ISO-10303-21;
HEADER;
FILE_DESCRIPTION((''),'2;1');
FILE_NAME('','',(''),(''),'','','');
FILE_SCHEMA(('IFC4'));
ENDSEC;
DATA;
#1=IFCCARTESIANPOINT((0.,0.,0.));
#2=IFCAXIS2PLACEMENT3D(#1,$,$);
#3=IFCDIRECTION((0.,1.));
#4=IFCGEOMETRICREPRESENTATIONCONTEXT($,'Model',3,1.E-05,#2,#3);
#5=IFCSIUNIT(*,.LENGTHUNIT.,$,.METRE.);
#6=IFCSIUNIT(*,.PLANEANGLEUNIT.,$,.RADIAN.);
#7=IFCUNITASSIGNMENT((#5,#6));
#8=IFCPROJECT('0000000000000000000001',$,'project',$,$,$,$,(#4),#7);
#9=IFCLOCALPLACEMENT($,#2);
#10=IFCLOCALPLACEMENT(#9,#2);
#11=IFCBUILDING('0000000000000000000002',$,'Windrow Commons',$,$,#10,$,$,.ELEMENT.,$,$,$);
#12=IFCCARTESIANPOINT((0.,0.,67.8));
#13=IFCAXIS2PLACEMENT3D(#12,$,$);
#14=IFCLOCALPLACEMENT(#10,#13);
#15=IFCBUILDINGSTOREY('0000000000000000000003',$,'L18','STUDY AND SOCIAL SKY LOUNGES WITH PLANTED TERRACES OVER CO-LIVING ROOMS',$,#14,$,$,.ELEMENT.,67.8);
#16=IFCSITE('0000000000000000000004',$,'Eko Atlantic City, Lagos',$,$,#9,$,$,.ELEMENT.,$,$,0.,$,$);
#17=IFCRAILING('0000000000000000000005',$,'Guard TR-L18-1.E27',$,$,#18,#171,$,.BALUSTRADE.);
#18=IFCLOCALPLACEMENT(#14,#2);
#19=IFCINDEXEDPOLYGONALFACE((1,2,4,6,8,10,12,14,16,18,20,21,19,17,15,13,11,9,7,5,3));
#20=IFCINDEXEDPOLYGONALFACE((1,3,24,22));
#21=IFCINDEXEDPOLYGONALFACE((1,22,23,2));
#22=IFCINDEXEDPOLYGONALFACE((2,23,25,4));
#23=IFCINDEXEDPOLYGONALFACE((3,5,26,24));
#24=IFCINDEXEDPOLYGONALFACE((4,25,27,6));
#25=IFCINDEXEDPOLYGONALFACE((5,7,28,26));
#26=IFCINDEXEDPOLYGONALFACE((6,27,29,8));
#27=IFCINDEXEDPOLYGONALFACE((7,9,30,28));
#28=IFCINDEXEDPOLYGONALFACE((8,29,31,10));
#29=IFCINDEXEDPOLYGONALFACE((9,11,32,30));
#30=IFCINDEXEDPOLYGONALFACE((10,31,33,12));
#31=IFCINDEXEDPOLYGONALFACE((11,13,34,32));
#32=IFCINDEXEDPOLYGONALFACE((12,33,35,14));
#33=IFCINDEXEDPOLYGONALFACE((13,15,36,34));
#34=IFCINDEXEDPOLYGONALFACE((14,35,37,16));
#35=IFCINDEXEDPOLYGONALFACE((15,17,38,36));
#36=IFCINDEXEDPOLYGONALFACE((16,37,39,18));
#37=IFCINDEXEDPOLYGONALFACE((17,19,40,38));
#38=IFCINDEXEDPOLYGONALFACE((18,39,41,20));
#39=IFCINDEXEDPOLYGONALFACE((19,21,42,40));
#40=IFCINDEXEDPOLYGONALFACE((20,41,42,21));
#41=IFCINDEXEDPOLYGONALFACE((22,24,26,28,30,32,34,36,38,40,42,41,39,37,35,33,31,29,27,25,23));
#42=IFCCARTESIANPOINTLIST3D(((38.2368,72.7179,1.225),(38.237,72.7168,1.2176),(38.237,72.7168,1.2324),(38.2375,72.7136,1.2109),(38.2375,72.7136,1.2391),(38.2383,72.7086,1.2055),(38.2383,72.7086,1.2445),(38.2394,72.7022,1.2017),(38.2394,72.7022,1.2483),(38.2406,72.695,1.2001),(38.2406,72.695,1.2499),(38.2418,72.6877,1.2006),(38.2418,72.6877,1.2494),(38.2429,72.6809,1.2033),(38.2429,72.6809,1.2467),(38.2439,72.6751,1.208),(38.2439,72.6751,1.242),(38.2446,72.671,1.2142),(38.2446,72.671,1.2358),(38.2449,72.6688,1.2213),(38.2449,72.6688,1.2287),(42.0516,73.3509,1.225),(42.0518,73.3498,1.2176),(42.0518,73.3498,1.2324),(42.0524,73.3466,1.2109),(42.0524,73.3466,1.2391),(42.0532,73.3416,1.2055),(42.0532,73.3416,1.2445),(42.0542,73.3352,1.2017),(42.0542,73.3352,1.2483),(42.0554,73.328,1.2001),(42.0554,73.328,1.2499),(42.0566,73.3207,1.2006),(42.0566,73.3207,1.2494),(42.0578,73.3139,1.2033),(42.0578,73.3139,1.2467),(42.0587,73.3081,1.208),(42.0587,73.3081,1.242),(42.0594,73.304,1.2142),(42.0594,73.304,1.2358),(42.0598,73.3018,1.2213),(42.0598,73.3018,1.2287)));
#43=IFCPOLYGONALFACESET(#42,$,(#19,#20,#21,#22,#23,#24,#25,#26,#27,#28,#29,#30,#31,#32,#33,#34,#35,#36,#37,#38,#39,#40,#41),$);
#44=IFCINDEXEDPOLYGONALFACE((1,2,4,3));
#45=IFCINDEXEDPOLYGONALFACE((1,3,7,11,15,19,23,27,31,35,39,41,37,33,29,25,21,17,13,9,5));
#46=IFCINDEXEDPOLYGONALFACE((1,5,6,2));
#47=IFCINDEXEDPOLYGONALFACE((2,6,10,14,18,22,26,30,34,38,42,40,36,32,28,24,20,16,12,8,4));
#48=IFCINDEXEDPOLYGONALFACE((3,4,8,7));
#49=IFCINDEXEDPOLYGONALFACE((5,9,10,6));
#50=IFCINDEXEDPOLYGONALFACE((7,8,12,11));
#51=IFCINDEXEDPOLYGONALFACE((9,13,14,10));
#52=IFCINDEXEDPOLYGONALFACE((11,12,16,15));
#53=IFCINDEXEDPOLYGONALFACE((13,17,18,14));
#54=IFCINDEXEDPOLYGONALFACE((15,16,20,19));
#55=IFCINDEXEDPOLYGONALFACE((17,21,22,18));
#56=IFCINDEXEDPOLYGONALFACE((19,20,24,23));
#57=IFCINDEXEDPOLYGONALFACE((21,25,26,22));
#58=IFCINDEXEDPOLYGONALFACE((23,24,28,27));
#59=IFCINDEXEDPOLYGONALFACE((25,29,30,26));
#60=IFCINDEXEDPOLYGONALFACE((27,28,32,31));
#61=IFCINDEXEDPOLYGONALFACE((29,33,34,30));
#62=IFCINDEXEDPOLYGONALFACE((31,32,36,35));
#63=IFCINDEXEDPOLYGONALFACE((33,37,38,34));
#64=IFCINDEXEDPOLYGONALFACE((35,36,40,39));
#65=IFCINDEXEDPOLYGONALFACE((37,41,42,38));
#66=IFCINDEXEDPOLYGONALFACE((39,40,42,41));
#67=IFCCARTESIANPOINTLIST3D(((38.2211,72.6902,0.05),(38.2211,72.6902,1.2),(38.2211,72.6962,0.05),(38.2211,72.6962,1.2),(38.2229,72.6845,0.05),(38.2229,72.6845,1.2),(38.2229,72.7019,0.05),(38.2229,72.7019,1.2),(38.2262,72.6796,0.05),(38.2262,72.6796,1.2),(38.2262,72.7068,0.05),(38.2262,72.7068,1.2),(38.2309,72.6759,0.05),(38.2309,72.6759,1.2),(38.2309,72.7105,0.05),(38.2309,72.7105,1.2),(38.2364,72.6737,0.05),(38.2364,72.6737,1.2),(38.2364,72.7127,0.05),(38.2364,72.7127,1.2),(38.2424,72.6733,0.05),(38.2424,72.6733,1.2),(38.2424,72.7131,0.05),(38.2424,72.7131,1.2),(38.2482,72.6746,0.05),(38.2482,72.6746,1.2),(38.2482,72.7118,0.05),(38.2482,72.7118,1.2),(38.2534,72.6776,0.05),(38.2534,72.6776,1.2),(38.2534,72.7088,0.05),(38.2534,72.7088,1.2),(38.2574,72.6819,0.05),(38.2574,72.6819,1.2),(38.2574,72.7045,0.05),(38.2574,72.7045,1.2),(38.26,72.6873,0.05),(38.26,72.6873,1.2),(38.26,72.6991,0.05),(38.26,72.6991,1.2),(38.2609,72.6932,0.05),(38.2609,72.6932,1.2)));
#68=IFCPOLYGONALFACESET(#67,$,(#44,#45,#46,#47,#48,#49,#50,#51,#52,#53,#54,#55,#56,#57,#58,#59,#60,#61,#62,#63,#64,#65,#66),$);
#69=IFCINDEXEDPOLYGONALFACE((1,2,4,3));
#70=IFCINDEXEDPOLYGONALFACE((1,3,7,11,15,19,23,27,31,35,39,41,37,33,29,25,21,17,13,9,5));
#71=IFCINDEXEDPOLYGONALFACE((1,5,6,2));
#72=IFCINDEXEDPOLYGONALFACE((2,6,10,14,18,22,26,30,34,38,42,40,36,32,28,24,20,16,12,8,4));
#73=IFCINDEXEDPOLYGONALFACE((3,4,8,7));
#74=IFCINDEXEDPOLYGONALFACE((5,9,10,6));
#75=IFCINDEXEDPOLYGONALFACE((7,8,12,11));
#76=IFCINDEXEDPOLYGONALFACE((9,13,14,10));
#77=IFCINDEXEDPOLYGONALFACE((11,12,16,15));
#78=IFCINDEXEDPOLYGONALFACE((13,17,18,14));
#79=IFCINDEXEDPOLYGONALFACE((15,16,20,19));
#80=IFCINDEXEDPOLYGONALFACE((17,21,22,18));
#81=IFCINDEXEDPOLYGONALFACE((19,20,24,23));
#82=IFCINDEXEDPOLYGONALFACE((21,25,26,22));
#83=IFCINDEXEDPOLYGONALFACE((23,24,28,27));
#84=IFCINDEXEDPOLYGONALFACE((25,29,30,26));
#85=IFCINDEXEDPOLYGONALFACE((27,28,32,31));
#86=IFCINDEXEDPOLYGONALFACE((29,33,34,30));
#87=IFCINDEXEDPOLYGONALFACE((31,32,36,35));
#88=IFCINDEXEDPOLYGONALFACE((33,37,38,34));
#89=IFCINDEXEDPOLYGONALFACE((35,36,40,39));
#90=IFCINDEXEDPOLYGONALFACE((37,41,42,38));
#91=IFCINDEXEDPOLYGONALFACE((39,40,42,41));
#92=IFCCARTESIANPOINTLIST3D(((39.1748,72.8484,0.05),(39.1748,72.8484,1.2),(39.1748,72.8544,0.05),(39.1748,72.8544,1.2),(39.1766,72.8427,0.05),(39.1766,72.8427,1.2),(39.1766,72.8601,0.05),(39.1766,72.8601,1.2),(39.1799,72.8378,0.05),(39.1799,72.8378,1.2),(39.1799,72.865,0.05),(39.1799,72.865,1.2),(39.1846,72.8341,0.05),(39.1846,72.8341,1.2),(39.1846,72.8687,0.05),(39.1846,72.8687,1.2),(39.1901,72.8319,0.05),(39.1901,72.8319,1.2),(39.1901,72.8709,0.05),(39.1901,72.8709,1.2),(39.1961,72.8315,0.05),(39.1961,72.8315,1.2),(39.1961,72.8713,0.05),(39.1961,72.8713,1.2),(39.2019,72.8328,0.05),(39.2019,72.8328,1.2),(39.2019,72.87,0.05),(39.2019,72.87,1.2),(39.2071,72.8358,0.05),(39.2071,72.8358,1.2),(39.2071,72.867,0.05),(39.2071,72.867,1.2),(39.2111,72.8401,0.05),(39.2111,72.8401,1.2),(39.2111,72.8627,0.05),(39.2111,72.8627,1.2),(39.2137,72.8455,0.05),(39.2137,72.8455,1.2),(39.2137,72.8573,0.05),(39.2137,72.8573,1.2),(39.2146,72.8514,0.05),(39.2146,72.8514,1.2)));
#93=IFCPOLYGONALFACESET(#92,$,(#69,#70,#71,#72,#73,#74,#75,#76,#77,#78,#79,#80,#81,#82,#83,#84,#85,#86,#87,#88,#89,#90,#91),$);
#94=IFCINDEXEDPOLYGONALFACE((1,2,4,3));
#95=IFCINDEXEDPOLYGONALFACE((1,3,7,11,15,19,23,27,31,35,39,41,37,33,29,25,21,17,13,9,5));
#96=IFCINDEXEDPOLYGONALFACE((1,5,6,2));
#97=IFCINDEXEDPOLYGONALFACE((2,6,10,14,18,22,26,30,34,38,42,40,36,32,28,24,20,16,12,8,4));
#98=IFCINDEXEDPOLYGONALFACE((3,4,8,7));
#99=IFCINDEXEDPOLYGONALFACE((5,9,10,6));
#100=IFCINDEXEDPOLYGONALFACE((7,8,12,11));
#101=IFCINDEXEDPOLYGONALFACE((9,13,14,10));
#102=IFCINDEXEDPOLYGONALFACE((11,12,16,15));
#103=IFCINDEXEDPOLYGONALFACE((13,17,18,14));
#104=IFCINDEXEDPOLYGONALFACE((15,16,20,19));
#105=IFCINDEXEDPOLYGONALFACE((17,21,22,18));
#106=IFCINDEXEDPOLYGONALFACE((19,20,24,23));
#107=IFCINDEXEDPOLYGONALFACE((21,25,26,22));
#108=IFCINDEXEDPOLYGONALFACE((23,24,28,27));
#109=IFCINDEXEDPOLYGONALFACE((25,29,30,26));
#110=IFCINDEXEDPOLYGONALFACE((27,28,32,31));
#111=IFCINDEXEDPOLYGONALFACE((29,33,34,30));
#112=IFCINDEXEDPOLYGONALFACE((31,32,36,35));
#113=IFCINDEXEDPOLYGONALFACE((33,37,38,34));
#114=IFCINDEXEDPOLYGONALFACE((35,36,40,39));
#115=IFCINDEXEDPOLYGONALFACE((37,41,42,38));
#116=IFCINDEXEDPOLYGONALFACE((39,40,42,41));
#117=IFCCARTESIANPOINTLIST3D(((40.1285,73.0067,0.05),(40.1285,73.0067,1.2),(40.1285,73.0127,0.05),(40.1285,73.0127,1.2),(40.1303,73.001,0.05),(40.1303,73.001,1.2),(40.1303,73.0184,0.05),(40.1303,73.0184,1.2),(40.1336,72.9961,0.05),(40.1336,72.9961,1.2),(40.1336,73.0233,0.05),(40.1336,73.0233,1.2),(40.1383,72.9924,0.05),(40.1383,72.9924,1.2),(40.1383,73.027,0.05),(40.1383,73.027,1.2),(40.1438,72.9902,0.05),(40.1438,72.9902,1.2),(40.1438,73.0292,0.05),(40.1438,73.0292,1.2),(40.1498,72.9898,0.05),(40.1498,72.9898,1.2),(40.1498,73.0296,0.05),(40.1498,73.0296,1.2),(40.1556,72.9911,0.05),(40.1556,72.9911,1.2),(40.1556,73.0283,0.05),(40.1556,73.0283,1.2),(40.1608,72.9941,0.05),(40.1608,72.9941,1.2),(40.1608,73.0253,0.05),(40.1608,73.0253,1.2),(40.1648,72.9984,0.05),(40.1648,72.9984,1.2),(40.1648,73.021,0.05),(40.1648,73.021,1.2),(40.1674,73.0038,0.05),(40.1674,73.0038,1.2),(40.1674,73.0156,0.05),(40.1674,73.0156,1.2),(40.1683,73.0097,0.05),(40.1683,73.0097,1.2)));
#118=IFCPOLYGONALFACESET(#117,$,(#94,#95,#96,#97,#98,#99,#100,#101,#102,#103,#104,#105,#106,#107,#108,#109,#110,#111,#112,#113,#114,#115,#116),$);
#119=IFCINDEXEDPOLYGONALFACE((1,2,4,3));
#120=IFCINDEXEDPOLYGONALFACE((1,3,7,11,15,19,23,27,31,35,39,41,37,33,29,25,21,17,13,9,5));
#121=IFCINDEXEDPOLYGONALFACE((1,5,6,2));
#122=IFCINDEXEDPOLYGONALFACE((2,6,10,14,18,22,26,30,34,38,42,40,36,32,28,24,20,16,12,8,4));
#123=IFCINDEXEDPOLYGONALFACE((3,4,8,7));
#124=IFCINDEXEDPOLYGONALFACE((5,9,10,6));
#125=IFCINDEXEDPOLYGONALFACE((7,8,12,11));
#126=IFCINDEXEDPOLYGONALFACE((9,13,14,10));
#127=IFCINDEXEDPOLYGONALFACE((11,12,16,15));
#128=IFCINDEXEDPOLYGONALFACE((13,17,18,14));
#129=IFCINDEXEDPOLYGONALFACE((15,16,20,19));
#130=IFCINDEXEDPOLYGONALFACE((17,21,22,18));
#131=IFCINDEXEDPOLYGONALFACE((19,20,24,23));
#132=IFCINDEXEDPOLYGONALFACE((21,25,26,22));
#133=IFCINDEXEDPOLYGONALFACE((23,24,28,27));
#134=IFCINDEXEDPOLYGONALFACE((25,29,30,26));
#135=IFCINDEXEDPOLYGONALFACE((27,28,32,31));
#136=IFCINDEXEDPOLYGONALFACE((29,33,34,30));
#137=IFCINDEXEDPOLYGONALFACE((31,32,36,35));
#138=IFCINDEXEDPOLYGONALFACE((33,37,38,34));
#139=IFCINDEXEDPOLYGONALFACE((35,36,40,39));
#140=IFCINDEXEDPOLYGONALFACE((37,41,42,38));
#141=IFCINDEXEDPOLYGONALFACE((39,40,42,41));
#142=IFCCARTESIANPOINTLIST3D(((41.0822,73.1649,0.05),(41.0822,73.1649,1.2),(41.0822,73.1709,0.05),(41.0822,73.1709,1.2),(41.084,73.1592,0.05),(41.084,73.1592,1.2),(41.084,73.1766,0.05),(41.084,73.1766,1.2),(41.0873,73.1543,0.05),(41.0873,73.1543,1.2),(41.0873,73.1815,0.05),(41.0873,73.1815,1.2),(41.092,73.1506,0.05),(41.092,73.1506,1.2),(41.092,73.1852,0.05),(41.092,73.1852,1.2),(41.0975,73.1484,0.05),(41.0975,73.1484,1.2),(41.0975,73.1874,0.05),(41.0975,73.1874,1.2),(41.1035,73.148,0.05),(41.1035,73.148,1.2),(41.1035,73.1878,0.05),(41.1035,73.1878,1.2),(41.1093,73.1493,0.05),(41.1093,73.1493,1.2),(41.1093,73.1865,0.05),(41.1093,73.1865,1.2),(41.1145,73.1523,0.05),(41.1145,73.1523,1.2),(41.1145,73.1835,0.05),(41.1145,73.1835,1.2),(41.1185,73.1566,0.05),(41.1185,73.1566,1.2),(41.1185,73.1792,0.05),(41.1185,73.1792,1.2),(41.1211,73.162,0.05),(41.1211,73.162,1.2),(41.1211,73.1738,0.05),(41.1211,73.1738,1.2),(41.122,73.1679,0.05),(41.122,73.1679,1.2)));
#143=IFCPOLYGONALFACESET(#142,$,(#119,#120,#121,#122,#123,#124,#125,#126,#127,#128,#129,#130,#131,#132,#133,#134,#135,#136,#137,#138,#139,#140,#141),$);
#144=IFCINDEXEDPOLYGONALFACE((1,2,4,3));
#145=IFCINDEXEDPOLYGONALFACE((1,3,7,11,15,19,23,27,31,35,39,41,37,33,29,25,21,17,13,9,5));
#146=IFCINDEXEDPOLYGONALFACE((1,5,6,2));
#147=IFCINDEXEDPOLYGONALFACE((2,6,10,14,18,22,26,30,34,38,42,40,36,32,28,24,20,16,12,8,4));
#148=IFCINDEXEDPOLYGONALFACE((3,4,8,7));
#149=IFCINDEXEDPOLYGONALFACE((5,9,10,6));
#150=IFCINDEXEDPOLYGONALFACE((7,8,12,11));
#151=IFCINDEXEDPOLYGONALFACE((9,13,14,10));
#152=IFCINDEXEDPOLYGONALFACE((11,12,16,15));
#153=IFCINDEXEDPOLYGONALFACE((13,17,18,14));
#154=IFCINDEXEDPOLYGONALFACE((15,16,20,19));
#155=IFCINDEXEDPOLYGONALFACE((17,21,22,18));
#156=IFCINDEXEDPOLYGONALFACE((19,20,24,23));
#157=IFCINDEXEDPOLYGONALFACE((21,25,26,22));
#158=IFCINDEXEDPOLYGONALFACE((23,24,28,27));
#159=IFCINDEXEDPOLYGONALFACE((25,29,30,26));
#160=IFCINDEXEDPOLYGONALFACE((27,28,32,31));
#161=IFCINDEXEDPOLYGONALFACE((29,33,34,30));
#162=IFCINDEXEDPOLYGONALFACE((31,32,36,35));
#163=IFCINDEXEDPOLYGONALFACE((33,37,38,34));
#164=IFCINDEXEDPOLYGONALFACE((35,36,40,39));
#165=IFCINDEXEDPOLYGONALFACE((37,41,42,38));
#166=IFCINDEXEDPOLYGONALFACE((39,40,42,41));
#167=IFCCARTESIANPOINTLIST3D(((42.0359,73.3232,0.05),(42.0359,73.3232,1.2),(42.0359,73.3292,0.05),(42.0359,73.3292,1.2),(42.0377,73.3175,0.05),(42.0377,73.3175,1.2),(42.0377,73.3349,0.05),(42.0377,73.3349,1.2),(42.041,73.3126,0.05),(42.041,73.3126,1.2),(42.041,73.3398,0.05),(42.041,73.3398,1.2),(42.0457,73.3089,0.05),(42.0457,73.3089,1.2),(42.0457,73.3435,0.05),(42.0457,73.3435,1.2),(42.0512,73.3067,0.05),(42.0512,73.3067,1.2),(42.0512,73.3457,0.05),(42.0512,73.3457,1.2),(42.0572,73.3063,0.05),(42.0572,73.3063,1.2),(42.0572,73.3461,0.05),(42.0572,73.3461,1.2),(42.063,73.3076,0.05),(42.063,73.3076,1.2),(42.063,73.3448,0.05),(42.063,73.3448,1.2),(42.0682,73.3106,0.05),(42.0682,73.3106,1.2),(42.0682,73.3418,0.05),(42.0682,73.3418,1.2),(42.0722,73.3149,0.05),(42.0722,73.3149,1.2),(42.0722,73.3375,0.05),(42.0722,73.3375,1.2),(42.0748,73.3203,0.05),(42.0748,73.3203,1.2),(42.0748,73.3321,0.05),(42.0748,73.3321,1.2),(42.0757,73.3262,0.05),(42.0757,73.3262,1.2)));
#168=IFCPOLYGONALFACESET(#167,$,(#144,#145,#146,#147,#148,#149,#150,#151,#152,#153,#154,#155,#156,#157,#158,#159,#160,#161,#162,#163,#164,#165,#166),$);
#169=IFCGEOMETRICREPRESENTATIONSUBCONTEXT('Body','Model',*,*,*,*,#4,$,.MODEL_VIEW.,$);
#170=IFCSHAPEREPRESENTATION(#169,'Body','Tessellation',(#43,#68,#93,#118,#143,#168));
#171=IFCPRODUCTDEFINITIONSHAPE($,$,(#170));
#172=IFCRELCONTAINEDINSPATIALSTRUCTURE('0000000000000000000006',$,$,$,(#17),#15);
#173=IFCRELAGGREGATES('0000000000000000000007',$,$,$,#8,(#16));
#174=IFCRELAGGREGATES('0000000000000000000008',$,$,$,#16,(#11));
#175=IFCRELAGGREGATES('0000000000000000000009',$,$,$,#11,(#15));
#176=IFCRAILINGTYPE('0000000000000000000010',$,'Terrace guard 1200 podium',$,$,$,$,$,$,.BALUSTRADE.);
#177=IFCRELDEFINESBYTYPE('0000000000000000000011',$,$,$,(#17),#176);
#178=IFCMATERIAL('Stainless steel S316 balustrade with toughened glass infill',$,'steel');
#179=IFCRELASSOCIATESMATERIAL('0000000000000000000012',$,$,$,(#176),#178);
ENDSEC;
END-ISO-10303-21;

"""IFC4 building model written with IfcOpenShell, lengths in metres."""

from ifc_helpers import new_model, si_unit, direction, frame, origin, origin_2d, place, context, subcontext, project, spatial, circle, extrude, material, type_object, element, save


model = new_model("IFC4")

# Units and contexts
model_context = context("Model", 3, precision=1e-05, world=origin(), true_north=direction((0.0, 1.0)))
body_context = subcontext(model_context, "Body", "Model", "MODEL_VIEW")
ifc_project = project(units=[si_unit("LENGTHUNIT", "METRE"), si_unit("PLANEANGLEUNIT", "RADIAN")], contexts=[model_context])

# Site, building, storey
site_placement = place(None, origin())
site = spatial("IfcSite", under=ifc_project, at=site_placement, Name="Eko Atlantic City, Lagos", CompositionType="ELEMENT", RefElevation=0.0)
building_placement = place(site_placement, origin())
building = spatial("IfcBuilding", under=site, at=building_placement, Name="Windrow Commons", CompositionType="ELEMENT")
storey_placement = place(building_placement, frame((0.0, 0.0, 67.8)))
storey = spatial("IfcBuildingStorey", under=building, at=storey_placement, Name="L18", Description="STUDY AND SOCIAL SKY LOUNGES WITH PLANTED TERRACES OVER CO-LIVING ROOMS", CompositionType="ELEMENT", Elevation=67.8)

# Railing
ifc_material_1 = material(Name="Stainless steel S316 balustrade with toughened glass infill", Category="steel")
railing_type = type_object("IfcRailingType", Name="Terrace guard 1200 podium", PredefinedType="BALUSTRADE", material=ifc_material_1)
railing_1_placement = place(storey_placement, frame((38.2409, 72.6932, 0.05)))
element("IfcRailing", 1, at=railing_1_placement, inside=storey, type_object=railing_type, Name="Guard TR-L18-1.E27", PredefinedType="BALUSTRADE", context=body_context, shape_type="SweptSolid", body=[
    extrude(circle(Radius=0.025, at=origin_2d()), frame((0.0, 0.0, 1.175), z_axis=(0.986511, 0.163694, 0.0), x_axis=(-0.163694, 0.986511, 0.0)), (0.0, 0.0, 1.0), 3.867),
    extrude(circle(Radius=0.02, at=origin_2d()), origin(), (0.0, 0.0, 1.0), 1.15),
    extrude(circle(Radius=0.02, at=origin_2d()), frame((0.9537, 0.1582, 0.0)), (0.0, 0.0, 1.0), 1.15),
    extrude(circle(Radius=0.02, at=origin_2d()), frame((1.9074, 0.3165, 0.0)), (0.0, 0.0, 1.0), 1.15),
    extrude(circle(Radius=0.02, at=origin_2d()), frame((2.8611, 0.4747, 0.0)), (0.0, 0.0, 1.0), 1.15),
    extrude(circle(Radius=0.02, at=origin_2d()), frame((3.8148, 0.633, 0.0)), (0.0, 0.0, 1.0), 1.15),
])

save(model, "model.ifc")
